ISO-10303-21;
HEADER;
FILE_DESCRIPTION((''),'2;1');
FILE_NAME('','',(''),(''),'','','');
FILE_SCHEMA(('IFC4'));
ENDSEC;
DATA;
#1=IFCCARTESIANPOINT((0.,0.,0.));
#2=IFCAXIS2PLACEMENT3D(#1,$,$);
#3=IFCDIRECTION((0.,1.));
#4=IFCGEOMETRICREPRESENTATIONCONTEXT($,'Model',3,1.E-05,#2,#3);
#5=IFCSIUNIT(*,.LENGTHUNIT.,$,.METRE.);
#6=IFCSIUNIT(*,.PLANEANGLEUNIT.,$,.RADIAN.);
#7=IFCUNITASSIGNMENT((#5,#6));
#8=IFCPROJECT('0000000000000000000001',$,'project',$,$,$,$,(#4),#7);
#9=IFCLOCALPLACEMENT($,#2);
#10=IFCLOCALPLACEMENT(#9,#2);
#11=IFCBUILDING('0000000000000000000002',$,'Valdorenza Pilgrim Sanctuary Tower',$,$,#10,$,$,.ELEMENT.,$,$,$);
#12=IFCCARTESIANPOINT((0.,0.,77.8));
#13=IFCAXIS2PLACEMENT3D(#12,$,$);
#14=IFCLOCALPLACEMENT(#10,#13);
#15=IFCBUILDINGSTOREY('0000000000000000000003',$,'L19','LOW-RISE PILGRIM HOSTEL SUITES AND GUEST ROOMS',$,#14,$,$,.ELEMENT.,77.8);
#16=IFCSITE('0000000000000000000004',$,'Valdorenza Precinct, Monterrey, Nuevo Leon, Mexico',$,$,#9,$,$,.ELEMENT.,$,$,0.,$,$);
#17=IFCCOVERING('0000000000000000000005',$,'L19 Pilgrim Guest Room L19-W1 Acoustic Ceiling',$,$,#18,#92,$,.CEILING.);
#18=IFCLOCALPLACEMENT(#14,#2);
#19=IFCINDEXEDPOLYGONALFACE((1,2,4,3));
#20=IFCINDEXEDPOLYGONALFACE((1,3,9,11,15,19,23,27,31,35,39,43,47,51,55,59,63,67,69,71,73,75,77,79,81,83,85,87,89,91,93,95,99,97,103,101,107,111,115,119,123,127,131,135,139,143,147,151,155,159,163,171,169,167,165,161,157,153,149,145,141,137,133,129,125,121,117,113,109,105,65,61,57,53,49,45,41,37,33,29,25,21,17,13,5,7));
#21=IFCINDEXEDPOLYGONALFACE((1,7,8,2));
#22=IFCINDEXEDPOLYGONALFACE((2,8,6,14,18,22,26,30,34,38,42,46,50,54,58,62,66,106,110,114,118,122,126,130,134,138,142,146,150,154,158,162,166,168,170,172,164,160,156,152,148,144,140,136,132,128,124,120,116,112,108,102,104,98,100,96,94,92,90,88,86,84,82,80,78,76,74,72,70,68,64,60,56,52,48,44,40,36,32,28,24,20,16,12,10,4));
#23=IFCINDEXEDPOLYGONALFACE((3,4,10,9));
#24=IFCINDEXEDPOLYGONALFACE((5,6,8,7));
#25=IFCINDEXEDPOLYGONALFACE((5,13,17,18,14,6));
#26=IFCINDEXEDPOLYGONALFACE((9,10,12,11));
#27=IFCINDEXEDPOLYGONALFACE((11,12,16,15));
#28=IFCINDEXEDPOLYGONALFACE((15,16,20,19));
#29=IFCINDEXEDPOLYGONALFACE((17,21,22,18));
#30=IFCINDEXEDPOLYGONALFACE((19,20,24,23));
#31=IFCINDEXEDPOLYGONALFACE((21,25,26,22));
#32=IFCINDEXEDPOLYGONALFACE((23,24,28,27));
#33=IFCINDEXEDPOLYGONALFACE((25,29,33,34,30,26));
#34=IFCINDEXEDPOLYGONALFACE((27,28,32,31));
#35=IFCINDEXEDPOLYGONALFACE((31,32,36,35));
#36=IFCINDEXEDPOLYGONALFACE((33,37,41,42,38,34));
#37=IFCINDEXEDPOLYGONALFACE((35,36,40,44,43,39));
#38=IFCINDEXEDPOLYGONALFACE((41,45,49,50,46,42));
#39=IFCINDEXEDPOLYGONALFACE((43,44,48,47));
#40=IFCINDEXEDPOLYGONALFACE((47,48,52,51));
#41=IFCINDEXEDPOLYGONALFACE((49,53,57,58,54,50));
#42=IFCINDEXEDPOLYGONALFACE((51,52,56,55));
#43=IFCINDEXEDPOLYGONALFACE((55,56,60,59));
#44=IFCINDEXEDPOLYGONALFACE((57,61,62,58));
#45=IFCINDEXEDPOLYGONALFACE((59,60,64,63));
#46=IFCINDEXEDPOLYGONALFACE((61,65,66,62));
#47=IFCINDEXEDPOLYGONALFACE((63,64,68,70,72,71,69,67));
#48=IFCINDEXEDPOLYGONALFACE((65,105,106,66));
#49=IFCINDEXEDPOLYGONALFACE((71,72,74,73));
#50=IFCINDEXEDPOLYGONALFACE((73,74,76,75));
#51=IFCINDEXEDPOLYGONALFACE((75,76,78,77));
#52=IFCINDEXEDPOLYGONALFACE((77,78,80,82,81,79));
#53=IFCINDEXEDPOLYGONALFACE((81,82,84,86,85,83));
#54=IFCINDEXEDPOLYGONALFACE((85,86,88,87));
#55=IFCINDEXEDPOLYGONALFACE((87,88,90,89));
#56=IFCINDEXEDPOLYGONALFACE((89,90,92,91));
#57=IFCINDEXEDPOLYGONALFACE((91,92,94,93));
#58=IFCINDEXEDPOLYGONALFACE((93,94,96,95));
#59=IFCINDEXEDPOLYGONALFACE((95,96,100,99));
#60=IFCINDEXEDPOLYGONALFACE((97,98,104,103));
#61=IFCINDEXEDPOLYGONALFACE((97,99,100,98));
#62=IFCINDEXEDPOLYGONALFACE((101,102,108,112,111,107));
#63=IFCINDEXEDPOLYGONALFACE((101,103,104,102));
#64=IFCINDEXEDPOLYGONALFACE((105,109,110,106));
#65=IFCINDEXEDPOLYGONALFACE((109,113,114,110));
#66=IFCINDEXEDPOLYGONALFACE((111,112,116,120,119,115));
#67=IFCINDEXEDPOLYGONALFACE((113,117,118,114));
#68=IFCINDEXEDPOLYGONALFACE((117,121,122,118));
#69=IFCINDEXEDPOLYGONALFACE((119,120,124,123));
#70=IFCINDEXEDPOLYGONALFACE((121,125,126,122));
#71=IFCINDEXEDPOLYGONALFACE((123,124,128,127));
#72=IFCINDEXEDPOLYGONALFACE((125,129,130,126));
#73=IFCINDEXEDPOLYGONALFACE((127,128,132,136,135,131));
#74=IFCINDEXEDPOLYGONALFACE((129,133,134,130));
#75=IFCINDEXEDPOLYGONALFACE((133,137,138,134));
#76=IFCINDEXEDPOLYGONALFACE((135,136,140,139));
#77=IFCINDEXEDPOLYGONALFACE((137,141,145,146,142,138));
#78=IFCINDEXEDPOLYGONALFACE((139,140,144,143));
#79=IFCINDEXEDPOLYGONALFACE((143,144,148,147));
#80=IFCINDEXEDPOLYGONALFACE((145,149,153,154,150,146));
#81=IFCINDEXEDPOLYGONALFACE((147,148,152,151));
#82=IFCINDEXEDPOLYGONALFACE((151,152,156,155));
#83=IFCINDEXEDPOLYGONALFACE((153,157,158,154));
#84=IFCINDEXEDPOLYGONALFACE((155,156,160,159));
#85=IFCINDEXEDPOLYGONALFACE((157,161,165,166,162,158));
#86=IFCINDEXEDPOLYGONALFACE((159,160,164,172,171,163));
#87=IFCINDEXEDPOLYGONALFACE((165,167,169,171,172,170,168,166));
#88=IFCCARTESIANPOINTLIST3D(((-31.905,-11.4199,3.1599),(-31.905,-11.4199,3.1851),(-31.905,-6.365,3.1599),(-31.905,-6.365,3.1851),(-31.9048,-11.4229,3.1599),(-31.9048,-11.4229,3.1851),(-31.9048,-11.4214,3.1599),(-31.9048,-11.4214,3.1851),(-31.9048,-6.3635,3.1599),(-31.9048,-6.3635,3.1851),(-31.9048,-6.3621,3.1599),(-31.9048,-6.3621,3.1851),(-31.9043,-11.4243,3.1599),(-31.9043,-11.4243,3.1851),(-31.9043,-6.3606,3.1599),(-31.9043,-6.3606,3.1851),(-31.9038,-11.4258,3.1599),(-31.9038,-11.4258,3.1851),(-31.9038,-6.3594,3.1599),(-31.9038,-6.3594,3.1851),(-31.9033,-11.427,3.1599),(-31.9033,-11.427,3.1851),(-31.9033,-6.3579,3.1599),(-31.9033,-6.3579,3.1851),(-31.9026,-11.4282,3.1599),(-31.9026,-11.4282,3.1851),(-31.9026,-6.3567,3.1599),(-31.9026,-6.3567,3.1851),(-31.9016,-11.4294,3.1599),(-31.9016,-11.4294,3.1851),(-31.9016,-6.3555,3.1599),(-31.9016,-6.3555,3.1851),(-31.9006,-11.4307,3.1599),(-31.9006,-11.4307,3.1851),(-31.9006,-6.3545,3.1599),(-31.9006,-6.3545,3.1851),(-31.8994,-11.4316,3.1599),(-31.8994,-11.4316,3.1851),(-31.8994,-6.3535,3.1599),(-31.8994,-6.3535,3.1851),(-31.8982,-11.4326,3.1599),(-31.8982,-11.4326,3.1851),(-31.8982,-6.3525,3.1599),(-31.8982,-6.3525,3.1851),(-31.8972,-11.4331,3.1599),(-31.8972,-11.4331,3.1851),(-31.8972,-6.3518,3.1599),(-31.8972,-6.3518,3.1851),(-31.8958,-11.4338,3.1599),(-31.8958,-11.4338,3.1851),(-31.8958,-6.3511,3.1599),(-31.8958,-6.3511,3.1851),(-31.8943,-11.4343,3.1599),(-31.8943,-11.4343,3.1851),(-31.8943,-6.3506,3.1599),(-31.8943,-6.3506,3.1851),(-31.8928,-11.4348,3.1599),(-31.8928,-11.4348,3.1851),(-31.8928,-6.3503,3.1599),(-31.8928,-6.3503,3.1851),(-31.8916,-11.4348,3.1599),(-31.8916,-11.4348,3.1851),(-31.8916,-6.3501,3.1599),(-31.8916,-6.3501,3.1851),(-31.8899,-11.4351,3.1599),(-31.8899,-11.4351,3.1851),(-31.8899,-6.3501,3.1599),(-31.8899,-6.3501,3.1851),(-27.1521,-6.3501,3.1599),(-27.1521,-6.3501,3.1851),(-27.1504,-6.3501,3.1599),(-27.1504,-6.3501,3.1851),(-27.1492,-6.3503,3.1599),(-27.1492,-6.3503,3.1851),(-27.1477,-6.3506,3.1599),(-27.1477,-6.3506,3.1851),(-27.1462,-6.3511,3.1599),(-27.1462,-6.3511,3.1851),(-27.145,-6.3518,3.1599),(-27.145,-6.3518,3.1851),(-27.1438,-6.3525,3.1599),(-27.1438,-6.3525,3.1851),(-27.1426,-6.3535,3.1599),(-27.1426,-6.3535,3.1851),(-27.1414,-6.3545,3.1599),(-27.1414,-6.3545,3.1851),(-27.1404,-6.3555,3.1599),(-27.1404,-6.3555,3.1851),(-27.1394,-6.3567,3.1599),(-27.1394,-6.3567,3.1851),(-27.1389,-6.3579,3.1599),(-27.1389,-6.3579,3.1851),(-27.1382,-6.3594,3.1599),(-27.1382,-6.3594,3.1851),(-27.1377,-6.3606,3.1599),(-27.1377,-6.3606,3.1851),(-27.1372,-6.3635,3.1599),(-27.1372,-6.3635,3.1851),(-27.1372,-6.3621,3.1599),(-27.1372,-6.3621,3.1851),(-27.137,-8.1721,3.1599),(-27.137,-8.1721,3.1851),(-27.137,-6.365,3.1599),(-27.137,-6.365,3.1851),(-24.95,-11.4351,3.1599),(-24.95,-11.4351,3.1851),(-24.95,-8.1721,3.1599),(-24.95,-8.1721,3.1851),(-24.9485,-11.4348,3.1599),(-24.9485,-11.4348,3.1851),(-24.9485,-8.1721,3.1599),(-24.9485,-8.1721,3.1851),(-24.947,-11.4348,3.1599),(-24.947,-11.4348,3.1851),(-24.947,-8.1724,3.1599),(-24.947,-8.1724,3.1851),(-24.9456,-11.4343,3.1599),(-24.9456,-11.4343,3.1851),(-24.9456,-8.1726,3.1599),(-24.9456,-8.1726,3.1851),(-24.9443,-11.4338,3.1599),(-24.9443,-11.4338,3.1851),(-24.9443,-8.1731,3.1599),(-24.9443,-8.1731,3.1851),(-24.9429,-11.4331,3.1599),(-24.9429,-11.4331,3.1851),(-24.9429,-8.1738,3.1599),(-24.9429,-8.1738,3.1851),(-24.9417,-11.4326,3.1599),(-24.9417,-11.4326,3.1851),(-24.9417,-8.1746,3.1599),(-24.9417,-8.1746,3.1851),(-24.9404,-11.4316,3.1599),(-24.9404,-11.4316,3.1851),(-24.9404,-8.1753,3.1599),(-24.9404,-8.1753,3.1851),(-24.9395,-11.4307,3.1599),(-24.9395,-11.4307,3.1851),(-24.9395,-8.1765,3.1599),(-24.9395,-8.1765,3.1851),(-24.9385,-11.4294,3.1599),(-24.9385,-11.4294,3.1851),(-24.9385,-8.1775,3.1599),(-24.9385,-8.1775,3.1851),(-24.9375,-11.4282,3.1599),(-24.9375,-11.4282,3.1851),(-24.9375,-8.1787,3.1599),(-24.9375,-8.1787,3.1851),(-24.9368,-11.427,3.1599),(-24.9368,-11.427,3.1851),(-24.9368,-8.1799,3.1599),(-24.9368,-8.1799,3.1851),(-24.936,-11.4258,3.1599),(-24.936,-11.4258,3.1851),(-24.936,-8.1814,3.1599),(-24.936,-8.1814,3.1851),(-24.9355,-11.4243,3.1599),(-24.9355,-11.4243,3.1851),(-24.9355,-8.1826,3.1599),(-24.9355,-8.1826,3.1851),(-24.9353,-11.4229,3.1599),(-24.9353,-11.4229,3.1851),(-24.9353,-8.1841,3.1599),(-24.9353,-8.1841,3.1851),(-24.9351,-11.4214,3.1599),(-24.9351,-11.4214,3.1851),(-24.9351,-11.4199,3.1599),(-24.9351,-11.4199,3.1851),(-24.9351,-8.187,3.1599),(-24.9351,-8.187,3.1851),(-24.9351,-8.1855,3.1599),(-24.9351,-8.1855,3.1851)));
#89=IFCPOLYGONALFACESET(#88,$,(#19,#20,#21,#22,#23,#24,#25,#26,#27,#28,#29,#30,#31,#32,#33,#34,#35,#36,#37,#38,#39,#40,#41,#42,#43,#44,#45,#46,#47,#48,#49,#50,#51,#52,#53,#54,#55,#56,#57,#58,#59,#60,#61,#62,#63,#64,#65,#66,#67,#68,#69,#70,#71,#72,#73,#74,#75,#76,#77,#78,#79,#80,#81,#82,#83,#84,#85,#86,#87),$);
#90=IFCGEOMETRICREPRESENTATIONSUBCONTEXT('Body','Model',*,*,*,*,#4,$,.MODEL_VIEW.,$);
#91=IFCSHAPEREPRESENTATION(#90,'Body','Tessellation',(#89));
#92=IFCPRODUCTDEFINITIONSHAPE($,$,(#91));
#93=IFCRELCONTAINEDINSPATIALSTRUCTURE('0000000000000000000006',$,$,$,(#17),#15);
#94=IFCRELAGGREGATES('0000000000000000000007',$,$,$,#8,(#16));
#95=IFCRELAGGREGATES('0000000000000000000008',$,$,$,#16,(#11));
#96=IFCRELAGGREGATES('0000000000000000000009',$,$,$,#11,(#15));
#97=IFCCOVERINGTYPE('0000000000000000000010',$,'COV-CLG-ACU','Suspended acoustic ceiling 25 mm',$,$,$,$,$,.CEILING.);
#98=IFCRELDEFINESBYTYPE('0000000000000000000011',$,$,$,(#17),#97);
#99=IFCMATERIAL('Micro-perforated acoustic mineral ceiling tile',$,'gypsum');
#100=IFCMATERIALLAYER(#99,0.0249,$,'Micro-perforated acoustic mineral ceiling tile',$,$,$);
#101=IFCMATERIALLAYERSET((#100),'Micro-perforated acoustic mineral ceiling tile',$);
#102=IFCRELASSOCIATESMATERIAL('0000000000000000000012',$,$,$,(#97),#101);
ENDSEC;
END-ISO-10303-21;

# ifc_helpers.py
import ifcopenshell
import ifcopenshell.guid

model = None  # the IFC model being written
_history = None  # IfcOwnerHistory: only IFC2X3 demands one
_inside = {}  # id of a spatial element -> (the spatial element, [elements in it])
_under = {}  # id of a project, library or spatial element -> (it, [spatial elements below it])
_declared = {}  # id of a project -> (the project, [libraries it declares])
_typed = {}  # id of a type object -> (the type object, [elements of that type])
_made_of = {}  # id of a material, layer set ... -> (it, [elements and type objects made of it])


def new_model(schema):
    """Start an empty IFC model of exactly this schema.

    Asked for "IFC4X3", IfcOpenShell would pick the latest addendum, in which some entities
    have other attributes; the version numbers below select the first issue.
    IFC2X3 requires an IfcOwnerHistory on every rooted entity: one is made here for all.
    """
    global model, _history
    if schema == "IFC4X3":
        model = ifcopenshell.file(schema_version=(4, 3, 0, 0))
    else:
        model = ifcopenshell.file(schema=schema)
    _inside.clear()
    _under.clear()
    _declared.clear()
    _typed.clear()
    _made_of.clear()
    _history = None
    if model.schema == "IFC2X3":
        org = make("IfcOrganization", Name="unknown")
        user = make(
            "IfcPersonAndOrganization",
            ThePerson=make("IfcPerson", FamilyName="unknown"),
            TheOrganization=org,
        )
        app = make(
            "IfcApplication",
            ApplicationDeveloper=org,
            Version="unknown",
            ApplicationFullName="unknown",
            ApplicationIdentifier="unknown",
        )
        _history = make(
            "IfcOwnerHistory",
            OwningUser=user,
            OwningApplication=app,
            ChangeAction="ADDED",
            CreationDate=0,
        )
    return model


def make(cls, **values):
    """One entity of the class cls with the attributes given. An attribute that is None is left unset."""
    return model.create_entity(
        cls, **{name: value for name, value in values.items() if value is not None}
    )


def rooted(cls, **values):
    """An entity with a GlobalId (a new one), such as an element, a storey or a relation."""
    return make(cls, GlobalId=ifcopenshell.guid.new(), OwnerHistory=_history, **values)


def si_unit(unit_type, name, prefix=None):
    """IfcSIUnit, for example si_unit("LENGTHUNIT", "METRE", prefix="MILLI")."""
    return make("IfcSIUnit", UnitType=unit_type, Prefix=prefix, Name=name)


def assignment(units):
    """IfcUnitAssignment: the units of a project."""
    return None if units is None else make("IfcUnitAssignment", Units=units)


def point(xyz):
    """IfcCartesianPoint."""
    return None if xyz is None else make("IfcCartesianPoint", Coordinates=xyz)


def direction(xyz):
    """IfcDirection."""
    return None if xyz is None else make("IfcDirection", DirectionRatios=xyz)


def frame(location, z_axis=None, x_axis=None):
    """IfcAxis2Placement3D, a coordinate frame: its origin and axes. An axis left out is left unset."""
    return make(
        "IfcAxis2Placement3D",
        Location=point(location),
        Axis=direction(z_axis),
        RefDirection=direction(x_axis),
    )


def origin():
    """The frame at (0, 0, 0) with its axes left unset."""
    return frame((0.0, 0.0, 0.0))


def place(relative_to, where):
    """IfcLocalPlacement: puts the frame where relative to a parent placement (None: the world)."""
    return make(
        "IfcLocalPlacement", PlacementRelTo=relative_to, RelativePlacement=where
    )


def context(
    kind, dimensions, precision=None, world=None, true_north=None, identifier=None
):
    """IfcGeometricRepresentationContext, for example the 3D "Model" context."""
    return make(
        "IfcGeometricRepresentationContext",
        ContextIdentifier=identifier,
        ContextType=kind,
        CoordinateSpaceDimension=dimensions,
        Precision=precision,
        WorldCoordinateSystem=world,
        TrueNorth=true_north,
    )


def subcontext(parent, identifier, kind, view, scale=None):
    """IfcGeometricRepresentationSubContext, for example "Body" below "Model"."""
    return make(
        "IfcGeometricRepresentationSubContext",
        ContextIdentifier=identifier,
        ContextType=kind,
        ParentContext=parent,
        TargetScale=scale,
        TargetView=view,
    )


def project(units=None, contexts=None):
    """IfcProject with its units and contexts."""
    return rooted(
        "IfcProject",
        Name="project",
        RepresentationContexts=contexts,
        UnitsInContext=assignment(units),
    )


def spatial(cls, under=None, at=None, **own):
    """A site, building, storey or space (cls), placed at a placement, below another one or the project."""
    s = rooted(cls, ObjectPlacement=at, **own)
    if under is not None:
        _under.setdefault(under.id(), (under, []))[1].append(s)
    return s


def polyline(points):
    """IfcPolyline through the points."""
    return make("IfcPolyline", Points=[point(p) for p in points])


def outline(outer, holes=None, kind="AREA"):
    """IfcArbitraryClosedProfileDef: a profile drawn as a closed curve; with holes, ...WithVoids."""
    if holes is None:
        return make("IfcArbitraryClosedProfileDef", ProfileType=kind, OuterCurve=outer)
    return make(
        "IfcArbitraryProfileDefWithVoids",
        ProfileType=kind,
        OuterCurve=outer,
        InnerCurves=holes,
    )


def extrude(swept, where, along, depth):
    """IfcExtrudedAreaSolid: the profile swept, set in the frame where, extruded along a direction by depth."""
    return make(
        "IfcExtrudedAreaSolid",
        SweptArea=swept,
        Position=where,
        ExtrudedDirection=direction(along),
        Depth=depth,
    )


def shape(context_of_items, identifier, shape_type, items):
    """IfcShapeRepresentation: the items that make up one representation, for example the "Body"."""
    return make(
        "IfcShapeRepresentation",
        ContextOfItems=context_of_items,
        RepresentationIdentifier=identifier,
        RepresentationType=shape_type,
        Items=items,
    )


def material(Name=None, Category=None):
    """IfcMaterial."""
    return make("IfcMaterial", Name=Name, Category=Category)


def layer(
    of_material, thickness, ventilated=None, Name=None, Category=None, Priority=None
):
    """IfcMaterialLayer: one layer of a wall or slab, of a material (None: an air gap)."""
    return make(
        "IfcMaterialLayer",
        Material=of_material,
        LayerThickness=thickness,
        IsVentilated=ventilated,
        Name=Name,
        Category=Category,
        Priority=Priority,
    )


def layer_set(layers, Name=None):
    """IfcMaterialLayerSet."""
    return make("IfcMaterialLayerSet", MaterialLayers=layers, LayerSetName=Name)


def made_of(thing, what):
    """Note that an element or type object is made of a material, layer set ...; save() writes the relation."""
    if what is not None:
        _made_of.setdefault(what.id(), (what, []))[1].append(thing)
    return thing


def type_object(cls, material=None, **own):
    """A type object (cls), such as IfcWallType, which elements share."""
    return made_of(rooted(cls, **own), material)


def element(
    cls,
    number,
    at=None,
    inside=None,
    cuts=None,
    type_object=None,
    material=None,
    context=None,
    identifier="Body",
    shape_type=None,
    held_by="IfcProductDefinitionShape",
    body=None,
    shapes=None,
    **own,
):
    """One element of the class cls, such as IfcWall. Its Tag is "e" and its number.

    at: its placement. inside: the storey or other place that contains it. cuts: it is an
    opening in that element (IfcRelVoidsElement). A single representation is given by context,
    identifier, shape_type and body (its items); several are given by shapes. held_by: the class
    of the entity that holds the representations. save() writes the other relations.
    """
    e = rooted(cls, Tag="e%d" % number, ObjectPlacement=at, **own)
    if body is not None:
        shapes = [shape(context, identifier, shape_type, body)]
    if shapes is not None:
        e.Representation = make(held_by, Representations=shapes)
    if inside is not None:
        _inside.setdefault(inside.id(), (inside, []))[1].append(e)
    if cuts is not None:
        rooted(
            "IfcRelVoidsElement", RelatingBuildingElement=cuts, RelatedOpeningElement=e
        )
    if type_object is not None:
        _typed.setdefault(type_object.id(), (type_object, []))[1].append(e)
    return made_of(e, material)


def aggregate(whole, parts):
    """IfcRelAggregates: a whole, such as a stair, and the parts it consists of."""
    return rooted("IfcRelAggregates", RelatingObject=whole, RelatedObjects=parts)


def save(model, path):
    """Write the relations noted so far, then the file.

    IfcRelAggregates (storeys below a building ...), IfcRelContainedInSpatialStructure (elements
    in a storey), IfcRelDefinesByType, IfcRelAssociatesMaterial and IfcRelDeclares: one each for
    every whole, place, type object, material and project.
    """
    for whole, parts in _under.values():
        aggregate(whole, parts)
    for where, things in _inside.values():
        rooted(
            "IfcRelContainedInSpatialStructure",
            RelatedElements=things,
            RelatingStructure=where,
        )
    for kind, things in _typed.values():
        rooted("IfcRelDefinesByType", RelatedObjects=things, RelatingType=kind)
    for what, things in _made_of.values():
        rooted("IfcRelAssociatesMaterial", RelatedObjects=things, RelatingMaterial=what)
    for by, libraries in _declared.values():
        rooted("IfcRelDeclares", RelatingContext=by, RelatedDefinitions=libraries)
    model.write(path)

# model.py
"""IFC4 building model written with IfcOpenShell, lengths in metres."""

from ifc_helpers import new_model, si_unit, direction, frame, origin, place, context, subcontext, project, spatial, polyline, outline, extrude, material, layer, layer_set, type_object, element, save


model = new_model("IFC4")

# Units and contexts
model_context = context("Model", 3, precision=1e-05, world=origin(), true_north=direction((0.0, 1.0)))
body_context = subcontext(model_context, "Body", "Model", "MODEL_VIEW")
ifc_project = project(units=[si_unit("LENGTHUNIT", "METRE"), si_unit("PLANEANGLEUNIT", "RADIAN")], contexts=[model_context])

# Site, building, storey
site_placement = place(None, origin())
site = spatial("IfcSite", under=ifc_project, at=site_placement, Name="Valdorenza Precinct, Monterrey, Nuevo Leon, Mexico", CompositionType="ELEMENT", RefElevation=0.0)
building_placement = place(site_placement, origin())
building = spatial("IfcBuilding", under=site, at=building_placement, Name="Valdorenza Pilgrim Sanctuary Tower", CompositionType="ELEMENT")
storey_placement = place(building_placement, frame((0.0, 0.0, 77.8)))
storey = spatial("IfcBuildingStorey", under=building, at=storey_placement, Name="L19", Description="LOW-RISE PILGRIM HOSTEL SUITES AND GUEST ROOMS", CompositionType="ELEMENT", Elevation=77.8)

# Covering
ifc_material_1 = material(Name="Micro-perforated acoustic mineral ceiling tile", Category="gypsum")
ifc_layer_1 = layer(ifc_material_1, 0.0249, Name="Micro-perforated acoustic mineral ceiling tile")
ifc_layer_set_1 = layer_set([ifc_layer_1], Name="Micro-perforated acoustic mineral ceiling tile")
covering_type_1 = type_object("IfcCoveringType", Name="COV-CLG-ACU", Description="Suspended acoustic ceiling 25 mm", PredefinedType="CEILING", material=ifc_layer_set_1)
covering_1_placement = place(storey_placement, frame((0.0, 0.0, 3.1599)))
element("IfcCovering", 1, at=covering_1_placement, inside=storey, type_object=covering_type_1, Name="L19 Pilgrim Guest Room L19-W1 Acoustic Ceiling", PredefinedType="CEILING", context=body_context, shape_type="SweptSolid", body=[
    extrude(outline(polyline([(-31.905, -6.365), (-31.9048, -6.3635), (-31.9048, -6.3621), (-31.9043, -6.3606), (-31.9038, -6.3594), (-31.9033, -6.3579), (-31.9026, -6.3567), (-31.9016, -6.3555), (-31.9006, -6.3545), (-31.8994, -6.3535), (-31.8982, -6.3525), (-31.8972, -6.3518), (-31.8958, -6.3511), (-31.8943, -6.3506), (-31.8928, -6.3503), (-31.8916, -6.3501), (-31.8899, -6.3501), (-27.1521, -6.3501), (-27.1504, -6.3501), (-27.1492, -6.3503), (-27.1477, -6.3506), (-27.1462, -6.3511), (-27.145, -6.3518), (-27.1438, -6.3525), (-27.1426, -6.3535), (-27.1414, -6.3545), (-27.1404, -6.3555), (-27.1394, -6.3567), (-27.1389, -6.3579), (-27.1382, -6.3594), (-27.1377, -6.3606), (-27.1372, -6.3621), (-27.1372, -6.3635), (-27.137, -6.365), (-27.137, -8.1721), (-24.95, -8.1721), (-24.9485, -8.1721), (-24.947, -8.1724), (-24.9456, -8.1726), (-24.9443, -8.1731), (-24.9429, -8.1738), (-24.9417, -8.1746), (-24.9404, -8.1753), (-24.9395, -8.1765), (-24.9385, -8.1775), (-24.9375, -8.1787), (-24.9368, -8.1799), (-24.936, -8.1814), (-24.9355, -8.1826), (-24.9353, -8.1841), (-24.9351, -8.1855), (-24.9351, -8.187), (-24.9351, -11.4199), (-24.9351, -11.4214), (-24.9353, -11.4229), (-24.9355, -11.4243), (-24.936, -11.4258), (-24.9368, -11.427), (-24.9375, -11.4282), (-24.9385, -11.4294), (-24.9395, -11.4307), (-24.9404, -11.4316), (-24.9417, -11.4326), (-24.9429, -11.4331), (-24.9443, -11.4338), (-24.9456, -11.4343), (-24.947, -11.4348), (-24.9485, -11.4348), (-24.95, -11.4351), (-31.8899, -11.4351), (-31.8916, -11.4348), (-31.8928, -11.4348), (-31.8943, -11.4343), (-31.8958, -11.4338), (-31.8972, -11.4331), (-31.8982, -11.4326), (-31.8994, -11.4316), (-31.9006, -11.4307), (-31.9016, -11.4294), (-31.9026, -11.4282), (-31.9033, -11.427), (-31.9038, -11.4258), (-31.9043, -11.4243), (-31.9048, -11.4229), (-31.9048, -11.4214), (-31.905, -11.4199), (-31.905, -6.365)])), origin(), (0.0, 0.0, 1.0), 0.0251),
])

save(model, "model.ifc")
